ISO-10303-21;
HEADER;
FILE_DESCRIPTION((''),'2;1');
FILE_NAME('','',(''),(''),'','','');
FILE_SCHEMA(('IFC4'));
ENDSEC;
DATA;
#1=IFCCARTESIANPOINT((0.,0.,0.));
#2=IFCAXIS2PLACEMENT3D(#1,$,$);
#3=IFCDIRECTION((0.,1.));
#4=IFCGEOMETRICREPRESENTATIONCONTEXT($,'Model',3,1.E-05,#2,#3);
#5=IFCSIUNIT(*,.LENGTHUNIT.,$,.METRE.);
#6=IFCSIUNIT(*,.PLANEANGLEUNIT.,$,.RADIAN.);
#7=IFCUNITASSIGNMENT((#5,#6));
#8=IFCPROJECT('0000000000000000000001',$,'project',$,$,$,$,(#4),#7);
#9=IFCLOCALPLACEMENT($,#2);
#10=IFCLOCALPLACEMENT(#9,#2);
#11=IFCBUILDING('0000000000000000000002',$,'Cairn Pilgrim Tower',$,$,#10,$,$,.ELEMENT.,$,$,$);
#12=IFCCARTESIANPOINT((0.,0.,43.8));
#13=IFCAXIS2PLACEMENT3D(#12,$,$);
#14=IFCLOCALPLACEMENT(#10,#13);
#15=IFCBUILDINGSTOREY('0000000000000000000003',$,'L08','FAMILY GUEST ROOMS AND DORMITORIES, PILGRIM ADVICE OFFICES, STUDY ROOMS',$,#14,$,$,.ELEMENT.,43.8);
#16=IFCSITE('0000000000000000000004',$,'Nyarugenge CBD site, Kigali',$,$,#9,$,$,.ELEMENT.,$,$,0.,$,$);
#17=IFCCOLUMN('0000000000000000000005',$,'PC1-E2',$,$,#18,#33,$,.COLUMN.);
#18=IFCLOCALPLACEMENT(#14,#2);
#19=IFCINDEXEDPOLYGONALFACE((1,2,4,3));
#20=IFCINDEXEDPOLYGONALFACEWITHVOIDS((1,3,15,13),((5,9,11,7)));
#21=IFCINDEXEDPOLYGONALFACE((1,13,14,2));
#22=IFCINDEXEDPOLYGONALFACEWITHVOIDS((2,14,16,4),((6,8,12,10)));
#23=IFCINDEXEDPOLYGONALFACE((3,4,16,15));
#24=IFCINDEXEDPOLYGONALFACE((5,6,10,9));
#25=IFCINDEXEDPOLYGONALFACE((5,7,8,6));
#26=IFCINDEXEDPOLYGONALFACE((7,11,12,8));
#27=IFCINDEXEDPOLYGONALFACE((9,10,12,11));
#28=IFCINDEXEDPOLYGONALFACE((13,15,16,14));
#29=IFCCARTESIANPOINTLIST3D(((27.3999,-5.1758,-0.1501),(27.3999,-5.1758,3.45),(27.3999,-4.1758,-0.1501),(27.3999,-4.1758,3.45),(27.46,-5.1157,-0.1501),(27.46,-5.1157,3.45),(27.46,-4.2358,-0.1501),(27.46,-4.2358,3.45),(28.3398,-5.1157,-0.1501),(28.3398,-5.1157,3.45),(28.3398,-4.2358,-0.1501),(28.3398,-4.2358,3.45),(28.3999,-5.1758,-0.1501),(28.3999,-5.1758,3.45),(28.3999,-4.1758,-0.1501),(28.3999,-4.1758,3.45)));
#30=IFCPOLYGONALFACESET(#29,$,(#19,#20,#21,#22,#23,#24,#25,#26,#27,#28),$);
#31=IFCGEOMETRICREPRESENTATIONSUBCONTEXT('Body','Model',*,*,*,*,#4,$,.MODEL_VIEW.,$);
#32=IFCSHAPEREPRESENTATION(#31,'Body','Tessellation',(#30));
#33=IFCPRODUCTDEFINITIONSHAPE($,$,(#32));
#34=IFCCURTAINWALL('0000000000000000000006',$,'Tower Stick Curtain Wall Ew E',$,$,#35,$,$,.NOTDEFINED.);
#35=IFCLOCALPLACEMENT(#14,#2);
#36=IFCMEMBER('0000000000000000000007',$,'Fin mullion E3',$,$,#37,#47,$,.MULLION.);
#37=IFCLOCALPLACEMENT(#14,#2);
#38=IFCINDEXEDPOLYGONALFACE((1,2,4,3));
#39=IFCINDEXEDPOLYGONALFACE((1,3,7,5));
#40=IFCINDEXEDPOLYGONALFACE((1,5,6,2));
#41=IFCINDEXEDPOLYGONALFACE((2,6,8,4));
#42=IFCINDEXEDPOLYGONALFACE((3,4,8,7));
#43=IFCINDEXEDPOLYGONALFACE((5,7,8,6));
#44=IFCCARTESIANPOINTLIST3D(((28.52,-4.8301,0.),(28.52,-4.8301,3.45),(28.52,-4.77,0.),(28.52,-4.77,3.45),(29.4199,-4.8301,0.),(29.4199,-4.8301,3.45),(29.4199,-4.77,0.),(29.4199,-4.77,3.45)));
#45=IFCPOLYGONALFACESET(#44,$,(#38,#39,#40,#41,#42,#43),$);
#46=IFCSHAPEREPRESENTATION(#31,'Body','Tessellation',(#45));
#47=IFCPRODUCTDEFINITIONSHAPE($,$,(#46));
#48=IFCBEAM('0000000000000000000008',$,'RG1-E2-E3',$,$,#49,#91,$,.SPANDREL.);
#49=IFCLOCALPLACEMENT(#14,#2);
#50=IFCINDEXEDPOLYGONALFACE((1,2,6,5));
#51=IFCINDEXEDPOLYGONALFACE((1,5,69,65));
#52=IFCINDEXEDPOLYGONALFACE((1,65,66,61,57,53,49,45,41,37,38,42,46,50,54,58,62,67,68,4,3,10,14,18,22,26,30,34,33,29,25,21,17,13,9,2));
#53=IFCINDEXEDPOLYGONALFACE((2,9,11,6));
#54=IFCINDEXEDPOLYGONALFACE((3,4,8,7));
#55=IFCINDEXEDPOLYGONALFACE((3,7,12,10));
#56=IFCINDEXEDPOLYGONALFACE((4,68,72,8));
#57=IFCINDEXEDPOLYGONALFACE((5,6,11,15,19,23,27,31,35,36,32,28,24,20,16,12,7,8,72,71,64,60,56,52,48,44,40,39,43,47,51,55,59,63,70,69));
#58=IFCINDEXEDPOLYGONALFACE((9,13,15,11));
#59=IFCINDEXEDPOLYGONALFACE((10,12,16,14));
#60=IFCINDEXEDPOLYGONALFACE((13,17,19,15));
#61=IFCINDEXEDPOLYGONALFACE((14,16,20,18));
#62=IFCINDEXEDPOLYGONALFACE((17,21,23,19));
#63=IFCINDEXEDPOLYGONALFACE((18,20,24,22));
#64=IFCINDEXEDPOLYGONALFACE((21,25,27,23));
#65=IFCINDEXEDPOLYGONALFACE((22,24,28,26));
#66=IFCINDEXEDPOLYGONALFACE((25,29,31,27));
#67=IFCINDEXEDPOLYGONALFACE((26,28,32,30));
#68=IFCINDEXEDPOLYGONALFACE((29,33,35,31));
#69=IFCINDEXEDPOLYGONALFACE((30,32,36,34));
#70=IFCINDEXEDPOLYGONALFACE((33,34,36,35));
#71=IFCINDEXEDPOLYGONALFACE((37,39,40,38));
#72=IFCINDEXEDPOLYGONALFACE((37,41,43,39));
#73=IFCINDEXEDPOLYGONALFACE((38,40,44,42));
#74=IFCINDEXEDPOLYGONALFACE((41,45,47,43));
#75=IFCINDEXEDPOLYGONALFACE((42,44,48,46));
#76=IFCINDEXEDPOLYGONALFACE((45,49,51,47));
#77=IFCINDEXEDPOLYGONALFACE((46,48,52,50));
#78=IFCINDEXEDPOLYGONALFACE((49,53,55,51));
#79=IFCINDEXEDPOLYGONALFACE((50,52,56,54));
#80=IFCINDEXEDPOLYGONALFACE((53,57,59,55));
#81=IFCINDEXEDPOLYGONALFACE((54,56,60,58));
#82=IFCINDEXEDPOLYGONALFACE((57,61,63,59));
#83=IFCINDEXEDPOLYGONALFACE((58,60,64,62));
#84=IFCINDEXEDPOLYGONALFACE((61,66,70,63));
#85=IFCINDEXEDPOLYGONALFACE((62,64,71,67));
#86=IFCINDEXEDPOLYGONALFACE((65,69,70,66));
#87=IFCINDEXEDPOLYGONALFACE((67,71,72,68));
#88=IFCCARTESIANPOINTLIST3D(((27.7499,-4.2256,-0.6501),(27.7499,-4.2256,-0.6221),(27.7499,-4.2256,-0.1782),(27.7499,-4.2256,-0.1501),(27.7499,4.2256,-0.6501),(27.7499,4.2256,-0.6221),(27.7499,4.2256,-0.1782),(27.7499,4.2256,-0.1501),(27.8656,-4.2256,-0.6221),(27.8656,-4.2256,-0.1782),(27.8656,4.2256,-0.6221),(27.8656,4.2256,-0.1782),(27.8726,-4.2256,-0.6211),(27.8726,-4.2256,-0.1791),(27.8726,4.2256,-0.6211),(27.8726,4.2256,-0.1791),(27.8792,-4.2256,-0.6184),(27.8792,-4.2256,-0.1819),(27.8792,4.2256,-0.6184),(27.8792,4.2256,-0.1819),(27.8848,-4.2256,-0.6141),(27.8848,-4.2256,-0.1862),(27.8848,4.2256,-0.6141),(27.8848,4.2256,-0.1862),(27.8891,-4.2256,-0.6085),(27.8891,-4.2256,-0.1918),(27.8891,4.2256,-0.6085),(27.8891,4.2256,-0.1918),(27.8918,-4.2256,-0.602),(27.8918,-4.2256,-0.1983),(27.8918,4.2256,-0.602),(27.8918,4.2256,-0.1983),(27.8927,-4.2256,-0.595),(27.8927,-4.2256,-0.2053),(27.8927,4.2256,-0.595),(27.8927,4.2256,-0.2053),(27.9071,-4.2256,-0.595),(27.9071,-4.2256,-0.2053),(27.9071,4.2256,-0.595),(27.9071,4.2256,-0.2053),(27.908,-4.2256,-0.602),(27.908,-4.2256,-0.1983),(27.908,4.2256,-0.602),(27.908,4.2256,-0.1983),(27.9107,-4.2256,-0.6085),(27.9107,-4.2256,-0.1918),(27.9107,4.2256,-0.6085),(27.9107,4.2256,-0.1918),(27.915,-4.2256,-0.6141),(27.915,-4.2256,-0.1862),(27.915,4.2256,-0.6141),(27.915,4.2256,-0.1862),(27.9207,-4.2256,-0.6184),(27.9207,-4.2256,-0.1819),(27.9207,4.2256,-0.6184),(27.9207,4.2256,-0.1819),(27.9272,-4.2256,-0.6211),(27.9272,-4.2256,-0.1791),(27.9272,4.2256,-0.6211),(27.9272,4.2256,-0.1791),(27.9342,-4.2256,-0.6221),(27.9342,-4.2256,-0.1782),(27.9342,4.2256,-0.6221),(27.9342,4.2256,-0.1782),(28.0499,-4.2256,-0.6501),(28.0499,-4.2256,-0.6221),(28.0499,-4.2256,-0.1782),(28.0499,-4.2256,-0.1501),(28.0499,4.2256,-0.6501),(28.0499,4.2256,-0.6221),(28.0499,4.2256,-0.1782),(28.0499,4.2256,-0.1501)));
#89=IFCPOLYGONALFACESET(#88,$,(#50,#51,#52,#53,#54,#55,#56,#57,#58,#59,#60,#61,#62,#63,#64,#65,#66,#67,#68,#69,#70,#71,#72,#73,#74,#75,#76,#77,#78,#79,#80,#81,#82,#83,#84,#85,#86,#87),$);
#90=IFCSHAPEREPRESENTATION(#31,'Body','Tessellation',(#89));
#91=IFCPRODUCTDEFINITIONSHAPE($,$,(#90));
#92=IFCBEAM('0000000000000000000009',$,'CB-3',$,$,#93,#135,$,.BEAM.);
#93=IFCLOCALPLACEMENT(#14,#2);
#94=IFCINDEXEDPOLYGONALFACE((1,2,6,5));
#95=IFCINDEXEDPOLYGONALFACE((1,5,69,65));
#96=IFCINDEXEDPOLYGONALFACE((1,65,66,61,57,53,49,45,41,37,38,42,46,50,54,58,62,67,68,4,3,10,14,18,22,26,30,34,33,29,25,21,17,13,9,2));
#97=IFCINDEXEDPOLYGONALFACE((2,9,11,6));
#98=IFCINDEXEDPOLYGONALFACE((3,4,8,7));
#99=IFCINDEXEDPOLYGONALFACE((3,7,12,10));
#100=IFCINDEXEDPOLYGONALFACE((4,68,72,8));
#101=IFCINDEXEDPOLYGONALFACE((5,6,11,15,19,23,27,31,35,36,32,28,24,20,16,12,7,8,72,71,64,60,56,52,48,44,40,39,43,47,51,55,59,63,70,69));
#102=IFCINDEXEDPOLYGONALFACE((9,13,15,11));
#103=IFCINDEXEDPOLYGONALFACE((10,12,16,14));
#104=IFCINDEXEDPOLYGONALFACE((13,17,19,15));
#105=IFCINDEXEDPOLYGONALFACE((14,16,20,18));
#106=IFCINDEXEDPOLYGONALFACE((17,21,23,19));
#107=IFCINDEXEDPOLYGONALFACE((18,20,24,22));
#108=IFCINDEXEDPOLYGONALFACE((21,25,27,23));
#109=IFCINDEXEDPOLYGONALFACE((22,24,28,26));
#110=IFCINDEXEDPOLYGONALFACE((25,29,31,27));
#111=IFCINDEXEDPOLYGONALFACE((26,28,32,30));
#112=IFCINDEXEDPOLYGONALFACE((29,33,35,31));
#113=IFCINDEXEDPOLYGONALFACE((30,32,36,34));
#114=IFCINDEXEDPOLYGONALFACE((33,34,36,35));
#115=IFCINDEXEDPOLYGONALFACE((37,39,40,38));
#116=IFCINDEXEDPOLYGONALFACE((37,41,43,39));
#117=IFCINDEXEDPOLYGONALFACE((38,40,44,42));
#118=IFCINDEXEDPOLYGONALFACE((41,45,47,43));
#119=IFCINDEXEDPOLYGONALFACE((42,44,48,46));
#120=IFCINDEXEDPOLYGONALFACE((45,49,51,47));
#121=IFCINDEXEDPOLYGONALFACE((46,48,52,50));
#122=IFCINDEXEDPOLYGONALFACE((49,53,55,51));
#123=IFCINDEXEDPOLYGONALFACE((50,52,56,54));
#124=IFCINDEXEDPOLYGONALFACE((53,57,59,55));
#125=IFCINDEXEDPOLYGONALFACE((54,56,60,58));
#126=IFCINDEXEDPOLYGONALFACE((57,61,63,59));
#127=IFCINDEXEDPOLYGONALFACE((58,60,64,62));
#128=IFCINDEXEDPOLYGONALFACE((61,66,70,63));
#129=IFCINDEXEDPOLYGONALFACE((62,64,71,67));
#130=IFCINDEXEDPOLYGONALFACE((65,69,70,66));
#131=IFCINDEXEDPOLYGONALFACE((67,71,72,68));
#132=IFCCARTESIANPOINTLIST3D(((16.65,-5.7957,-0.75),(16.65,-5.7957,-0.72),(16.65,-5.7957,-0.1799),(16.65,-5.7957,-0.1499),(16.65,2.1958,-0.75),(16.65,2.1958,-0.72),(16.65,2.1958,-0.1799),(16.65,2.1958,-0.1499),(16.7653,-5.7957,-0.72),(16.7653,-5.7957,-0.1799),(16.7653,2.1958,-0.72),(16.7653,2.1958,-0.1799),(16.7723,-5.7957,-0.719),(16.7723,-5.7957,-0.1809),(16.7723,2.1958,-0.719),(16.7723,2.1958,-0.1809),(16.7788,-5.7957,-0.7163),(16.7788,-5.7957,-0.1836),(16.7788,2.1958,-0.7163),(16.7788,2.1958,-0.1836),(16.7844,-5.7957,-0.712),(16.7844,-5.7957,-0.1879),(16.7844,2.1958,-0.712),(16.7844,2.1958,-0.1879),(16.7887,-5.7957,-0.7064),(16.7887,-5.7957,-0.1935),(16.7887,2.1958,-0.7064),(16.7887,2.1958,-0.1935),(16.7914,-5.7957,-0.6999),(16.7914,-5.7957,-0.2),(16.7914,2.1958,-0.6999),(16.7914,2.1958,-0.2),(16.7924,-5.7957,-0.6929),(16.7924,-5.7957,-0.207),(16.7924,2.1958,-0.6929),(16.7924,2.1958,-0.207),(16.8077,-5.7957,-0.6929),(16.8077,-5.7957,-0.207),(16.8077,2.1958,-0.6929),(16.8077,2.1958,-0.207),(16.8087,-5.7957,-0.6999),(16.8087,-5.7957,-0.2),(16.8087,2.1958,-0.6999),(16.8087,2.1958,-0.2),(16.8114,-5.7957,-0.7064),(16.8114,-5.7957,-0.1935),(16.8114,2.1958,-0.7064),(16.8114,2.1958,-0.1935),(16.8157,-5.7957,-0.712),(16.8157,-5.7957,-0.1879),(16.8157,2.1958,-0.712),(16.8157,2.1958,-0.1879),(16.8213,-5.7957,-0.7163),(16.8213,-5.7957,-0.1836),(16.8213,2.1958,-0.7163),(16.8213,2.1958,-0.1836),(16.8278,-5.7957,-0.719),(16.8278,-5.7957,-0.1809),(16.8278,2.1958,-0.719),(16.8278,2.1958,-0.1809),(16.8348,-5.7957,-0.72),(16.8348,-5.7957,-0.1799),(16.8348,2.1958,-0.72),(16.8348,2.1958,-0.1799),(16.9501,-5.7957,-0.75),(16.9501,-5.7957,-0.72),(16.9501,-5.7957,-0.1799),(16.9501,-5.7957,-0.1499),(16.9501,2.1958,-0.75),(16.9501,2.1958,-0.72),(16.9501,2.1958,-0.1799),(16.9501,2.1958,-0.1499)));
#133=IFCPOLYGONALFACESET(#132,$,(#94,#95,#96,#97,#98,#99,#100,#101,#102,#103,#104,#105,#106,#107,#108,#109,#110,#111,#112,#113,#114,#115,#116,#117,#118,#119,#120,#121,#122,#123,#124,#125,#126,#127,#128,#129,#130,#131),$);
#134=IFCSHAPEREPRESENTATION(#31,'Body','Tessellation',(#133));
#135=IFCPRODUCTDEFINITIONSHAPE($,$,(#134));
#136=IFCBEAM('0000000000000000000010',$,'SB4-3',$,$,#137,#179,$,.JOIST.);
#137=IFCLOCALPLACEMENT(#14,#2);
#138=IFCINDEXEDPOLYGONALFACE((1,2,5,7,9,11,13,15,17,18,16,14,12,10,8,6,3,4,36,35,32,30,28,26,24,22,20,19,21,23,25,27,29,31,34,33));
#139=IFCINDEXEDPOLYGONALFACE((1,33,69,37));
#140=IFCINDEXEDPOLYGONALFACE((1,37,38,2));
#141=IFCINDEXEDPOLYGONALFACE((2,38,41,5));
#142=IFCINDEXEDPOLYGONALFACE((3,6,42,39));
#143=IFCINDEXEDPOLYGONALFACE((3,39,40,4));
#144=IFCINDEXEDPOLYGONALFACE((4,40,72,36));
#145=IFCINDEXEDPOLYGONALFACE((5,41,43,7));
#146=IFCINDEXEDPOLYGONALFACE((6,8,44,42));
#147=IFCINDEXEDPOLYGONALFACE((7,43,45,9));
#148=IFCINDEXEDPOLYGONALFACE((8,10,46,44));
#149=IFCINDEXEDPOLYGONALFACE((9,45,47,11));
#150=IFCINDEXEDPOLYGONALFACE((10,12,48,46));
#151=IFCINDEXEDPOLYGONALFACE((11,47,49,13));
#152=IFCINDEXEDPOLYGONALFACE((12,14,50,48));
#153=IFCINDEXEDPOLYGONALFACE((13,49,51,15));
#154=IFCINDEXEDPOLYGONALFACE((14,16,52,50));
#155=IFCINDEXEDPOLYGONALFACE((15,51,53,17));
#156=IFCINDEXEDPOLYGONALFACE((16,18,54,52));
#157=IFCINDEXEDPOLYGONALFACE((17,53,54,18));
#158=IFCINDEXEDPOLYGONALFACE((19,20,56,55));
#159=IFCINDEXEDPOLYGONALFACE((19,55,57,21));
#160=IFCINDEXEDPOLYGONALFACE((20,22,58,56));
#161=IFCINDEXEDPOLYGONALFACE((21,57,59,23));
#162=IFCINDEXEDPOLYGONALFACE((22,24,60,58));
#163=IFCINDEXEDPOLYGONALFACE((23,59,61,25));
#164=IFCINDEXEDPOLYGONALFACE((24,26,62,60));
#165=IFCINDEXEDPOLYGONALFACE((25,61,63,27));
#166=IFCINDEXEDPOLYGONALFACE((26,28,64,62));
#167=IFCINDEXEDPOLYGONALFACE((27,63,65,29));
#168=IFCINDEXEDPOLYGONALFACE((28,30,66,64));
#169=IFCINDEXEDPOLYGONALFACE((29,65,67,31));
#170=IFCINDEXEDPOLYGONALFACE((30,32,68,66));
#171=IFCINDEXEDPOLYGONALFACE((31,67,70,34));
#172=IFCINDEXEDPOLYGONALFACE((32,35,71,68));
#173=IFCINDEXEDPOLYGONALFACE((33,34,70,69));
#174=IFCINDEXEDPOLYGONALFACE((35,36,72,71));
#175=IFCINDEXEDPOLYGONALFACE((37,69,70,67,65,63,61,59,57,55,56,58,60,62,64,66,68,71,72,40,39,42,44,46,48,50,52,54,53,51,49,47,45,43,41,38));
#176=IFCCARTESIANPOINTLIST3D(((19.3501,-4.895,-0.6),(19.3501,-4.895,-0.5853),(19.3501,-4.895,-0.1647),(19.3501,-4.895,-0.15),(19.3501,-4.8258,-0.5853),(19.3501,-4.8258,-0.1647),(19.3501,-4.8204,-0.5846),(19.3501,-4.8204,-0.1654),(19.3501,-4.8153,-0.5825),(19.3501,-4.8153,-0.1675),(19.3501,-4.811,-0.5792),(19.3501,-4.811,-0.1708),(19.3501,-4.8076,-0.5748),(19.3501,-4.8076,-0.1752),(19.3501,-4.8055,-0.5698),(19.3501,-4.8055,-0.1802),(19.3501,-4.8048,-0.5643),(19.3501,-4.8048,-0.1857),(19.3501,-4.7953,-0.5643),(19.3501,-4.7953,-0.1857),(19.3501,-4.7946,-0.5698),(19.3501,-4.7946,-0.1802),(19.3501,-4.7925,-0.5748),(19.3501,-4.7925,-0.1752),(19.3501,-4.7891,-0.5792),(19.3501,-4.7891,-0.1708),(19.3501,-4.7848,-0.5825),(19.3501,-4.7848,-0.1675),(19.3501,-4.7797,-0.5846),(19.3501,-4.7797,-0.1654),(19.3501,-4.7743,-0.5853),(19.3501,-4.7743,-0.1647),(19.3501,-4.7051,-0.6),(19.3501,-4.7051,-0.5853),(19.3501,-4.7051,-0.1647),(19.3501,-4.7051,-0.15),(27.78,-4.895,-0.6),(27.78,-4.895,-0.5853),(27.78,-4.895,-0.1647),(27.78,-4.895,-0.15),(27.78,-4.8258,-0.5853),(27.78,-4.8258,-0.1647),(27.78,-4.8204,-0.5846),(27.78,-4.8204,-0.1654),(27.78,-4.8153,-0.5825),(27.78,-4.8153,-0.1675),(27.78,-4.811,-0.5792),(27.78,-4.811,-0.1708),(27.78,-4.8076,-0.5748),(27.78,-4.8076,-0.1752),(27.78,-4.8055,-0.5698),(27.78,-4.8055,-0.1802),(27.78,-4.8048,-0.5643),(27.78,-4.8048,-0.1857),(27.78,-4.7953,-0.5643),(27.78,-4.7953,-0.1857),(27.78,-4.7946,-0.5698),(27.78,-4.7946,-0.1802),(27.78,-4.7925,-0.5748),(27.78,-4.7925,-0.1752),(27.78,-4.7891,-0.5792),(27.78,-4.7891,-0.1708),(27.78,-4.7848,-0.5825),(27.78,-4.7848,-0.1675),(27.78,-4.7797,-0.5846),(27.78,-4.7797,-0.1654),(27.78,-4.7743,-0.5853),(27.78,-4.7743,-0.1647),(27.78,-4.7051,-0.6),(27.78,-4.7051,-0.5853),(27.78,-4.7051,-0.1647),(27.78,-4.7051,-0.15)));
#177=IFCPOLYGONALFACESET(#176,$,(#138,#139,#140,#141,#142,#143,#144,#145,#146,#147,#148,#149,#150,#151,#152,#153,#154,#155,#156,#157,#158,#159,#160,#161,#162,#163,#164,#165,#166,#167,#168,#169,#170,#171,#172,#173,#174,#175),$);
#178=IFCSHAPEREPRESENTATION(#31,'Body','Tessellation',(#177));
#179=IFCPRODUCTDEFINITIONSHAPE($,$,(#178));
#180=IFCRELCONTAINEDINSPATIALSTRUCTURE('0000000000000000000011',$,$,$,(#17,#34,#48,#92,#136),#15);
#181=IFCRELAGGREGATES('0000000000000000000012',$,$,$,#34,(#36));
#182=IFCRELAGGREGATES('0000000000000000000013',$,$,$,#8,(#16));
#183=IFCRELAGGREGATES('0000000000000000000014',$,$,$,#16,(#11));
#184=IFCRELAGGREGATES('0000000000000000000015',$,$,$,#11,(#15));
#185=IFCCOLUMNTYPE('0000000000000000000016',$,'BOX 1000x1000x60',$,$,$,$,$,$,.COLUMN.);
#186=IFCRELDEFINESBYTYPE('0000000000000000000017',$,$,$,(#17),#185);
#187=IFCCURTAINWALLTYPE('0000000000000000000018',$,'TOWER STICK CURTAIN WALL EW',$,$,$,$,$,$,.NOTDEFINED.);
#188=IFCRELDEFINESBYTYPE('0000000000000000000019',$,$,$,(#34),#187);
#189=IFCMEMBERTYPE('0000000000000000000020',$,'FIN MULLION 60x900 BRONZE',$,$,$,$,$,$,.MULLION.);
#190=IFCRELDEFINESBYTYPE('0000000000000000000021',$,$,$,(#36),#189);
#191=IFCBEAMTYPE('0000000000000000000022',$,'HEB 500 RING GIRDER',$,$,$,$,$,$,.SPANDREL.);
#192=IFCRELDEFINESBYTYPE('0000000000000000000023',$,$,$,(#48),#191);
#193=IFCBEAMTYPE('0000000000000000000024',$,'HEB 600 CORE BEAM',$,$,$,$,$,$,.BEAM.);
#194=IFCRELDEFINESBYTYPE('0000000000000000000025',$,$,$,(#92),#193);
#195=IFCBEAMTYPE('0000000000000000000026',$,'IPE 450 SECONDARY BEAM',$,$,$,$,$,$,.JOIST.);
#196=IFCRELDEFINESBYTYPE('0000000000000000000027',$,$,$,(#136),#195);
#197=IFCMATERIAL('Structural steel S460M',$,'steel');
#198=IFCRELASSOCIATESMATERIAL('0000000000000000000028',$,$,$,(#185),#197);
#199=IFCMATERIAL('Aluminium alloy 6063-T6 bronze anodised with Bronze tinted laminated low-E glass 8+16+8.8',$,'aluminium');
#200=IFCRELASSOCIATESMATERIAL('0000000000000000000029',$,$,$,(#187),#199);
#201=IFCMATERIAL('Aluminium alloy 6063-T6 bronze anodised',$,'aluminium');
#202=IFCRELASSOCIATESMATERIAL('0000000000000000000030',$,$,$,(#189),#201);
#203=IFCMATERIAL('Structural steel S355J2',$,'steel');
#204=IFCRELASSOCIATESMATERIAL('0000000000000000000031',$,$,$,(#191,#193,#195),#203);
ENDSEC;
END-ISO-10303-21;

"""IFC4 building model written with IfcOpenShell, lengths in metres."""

from ifc_helpers import new_model, si_unit, direction, frame, origin, origin_2d, place, context, subcontext, project, spatial, rectangle, hollow_rectangle, i_section, extrude, material, material_profile, profile_set, type_object, element, aggregate, save


model = new_model("IFC4")

# Units and contexts
model_context = context("Model", 3, precision=1e-05, world=origin(), true_north=direction((0.0, 1.0)))
body_context = subcontext(model_context, "Body", "Model", "MODEL_VIEW")
ifc_project = project(units=[si_unit("LENGTHUNIT", "METRE"), si_unit("PLANEANGLEUNIT", "RADIAN")], contexts=[model_context])

# Site, building, storey
site_placement = place(None, origin())
site = spatial("IfcSite", under=ifc_project, at=site_placement, Name="Nyarugenge CBD site, Kigali", CompositionType="ELEMENT", RefElevation=0.0)
building_placement = place(site_placement, origin())
building = spatial("IfcBuilding", under=site, at=building_placement, Name="Cairn Pilgrim Tower", CompositionType="ELEMENT")
storey_placement = place(building_placement, frame((0.0, 0.0, 43.8)))
storey = spatial("IfcBuildingStorey", under=building, at=storey_placement, Name="L08", Description="FAMILY GUEST ROOMS AND DORMITORIES, PILGRIM ADVICE OFFICES, STUDY ROOMS", CompositionType="ELEMENT", Elevation=43.8)

# Column
ifc_material_1 = material(Name="Structural steel S460M", Category="steel")
ifc_material_profile_1 = material_profile(ifc_material_1, hollow_rectangle(XDim=1.0, YDim=1.0, WallThickness=0.0601, at=origin_2d()), Name="BOX 1000x1000x60")
ifc_profile_set_1 = profile_set([ifc_material_profile_1], Name="Structural steel S460M")
column_type = type_object("IfcColumnType", Name="BOX 1000x1000x60", PredefinedType="COLUMN", material=ifc_profile_set_1)
column_placement = place(storey_placement, frame((27.8999, -4.6758, -0.1501), z_axis=(0.0, 0.0, 1.0), x_axis=(1.0, 0.0, 0.0)))
element("IfcColumn", 1, at=column_placement, inside=storey, type_object=column_type, Name="PC1-E2", PredefinedType="COLUMN", context=body_context, shape_type="SweptSolid", body=[
    extrude(hollow_rectangle(XDim=1.0, YDim=1.0, WallThickness=0.0601, at=origin_2d()), origin(), (0.0, 0.0, 1.0), 3.6001),
])

# Curtain wall, member
ifc_material_2 = material(Name="Aluminium alloy 6063-T6 bronze anodised with Bronze tinted laminated low-E glass 8+16+8.8", Category="aluminium")
curtain_wall_type = type_object("IfcCurtainWallType", Name="TOWER STICK CURTAIN WALL EW", PredefinedType="NOTDEFINED", material=ifc_material_2)
curtain_wall_placement = place(storey_placement, origin())
curtain_wall = element("IfcCurtainWall", 2, at=curtain_wall_placement, inside=storey, type_object=curtain_wall_type, Name="Tower Stick Curtain Wall Ew E", PredefinedType="NOTDEFINED")
ifc_material_3 = material(Name="Aluminium alloy 6063-T6 bronze anodised", Category="aluminium")
ifc_material_profile_2 = material_profile(ifc_material_3, rectangle(XDim=0.8999, YDim=0.0601, at=origin_2d()), Name="FIN MULLION 60x900 BRONZE")
ifc_profile_set_2 = profile_set([ifc_material_profile_2], Name="Aluminium alloy 6063-T6 bronze anodised")
member_type_1 = type_object("IfcMemberType", Name="FIN MULLION 60x900 BRONZE", PredefinedType="MULLION", material=ifc_profile_set_2)
member_1_placement = place(storey_placement, frame((28.97, -4.8, 0.0), z_axis=(0.0, 0.0, 1.0), x_axis=(1.0, 0.0, 0.0)))
member_1 = element("IfcMember", 3, at=member_1_placement, type_object=member_type_1, Name="Fin mullion E3", PredefinedType="MULLION", context=body_context, shape_type="SweptSolid", body=[
    extrude(rectangle(XDim=0.8999, YDim=0.0601, at=origin_2d()), origin(), (0.0, 0.0, 1.0), 3.45),
])

# Beams
ifc_material_4 = material(Name="Structural steel S355J2", Category="steel")
ifc_material_profile_3 = material_profile(ifc_material_4, i_section(OverallWidth=0.3, OverallDepth=0.5, WebThickness=0.0144, FlangeThickness=0.0281, FilletRadius=0.0271, at=origin_2d()), Name="HEB 500")
ifc_profile_set_3 = profile_set([ifc_material_profile_3], Name="Structural steel S355J2")
beam_type_1 = type_object("IfcBeamType", Name="HEB 500 RING GIRDER", PredefinedType="SPANDREL", material=ifc_profile_set_3)
beam_1_placement = place(storey_placement, frame((27.8999, -4.2256, -0.4001), z_axis=(0.0, 1.0, 0.0), x_axis=(-1.0, 0.0, 0.0)))
element("IfcBeam", 4, at=beam_1_placement, inside=storey, type_object=beam_type_1, Name="RG1-E2-E3", PredefinedType="SPANDREL", context=body_context, shape_type="SweptSolid", body=[
    extrude(i_section(OverallWidth=0.3, OverallDepth=0.5, WebThickness=0.0144, FlangeThickness=0.0281, FilletRadius=0.0271, at=origin_2d()), origin(), (0.0, 0.0, 1.0), 8.4512),
])
ifc_material_profile_4 = material_profile(ifc_material_4, i_section(OverallWidth=0.3, OverallDepth=0.6001, WebThickness=0.0154, FlangeThickness=0.03, FilletRadius=0.0271, at=origin_2d()), Name="HEB 600")
ifc_profile_set_4 = profile_set([ifc_material_profile_4], Name="Structural steel S355J2")
beam_type_2 = type_object("IfcBeamType", Name="HEB 600 CORE BEAM", PredefinedType="BEAM", material=ifc_profile_set_4)
beam_2_placement = place(storey_placement, frame((16.8, -5.7957, -0.45), z_axis=(0.0, 1.0, 0.0), x_axis=(-1.0, 0.0, 0.0)))
element("IfcBeam", 5, at=beam_2_placement, inside=storey, type_object=beam_type_2, Name="CB-3", PredefinedType="BEAM", context=body_context, shape_type="SweptSolid", body=[
    extrude(i_section(OverallWidth=0.3, OverallDepth=0.6001, WebThickness=0.0154, FlangeThickness=0.03, FilletRadius=0.0271, at=origin_2d()), origin(), (0.0, 0.0, 1.0), 7.9915),
])
ifc_material_profile_5 = material_profile(ifc_material_4, i_section(OverallWidth=0.1899, OverallDepth=0.45, WebThickness=0.0095, FlangeThickness=0.0146, FilletRadius=0.021, at=origin_2d()), Name="IPE 450")
ifc_profile_set_5 = profile_set([ifc_material_profile_5], Name="Structural steel S355J2")
beam_type_3 = type_object("IfcBeamType", Name="IPE 450 SECONDARY BEAM", PredefinedType="JOIST", material=ifc_profile_set_5)
for number, where, z_axis, x_axis, name in (
    (6, (19.3501, -4.8, -0.375), (1.0, 0.0, 0.0), (0.0, 1.0, 0.0), "SB4-3"),
):
    element("IfcBeam", number, at=place(storey_placement, frame(where, z_axis=z_axis, x_axis=x_axis)), inside=storey, type_object=beam_type_3, Name=name, PredefinedType="JOIST", context=body_context, shape_type="SweptSolid", body=[
        extrude(i_section(OverallWidth=0.1899, OverallDepth=0.45, WebThickness=0.0095, FlangeThickness=0.0146, FilletRadius=0.021, at=origin_2d()), origin(), (0.0, 0.0, 1.0), 8.4299),
    ])

aggregate(curtain_wall, [member_1])

save(model, "model.ifc")
